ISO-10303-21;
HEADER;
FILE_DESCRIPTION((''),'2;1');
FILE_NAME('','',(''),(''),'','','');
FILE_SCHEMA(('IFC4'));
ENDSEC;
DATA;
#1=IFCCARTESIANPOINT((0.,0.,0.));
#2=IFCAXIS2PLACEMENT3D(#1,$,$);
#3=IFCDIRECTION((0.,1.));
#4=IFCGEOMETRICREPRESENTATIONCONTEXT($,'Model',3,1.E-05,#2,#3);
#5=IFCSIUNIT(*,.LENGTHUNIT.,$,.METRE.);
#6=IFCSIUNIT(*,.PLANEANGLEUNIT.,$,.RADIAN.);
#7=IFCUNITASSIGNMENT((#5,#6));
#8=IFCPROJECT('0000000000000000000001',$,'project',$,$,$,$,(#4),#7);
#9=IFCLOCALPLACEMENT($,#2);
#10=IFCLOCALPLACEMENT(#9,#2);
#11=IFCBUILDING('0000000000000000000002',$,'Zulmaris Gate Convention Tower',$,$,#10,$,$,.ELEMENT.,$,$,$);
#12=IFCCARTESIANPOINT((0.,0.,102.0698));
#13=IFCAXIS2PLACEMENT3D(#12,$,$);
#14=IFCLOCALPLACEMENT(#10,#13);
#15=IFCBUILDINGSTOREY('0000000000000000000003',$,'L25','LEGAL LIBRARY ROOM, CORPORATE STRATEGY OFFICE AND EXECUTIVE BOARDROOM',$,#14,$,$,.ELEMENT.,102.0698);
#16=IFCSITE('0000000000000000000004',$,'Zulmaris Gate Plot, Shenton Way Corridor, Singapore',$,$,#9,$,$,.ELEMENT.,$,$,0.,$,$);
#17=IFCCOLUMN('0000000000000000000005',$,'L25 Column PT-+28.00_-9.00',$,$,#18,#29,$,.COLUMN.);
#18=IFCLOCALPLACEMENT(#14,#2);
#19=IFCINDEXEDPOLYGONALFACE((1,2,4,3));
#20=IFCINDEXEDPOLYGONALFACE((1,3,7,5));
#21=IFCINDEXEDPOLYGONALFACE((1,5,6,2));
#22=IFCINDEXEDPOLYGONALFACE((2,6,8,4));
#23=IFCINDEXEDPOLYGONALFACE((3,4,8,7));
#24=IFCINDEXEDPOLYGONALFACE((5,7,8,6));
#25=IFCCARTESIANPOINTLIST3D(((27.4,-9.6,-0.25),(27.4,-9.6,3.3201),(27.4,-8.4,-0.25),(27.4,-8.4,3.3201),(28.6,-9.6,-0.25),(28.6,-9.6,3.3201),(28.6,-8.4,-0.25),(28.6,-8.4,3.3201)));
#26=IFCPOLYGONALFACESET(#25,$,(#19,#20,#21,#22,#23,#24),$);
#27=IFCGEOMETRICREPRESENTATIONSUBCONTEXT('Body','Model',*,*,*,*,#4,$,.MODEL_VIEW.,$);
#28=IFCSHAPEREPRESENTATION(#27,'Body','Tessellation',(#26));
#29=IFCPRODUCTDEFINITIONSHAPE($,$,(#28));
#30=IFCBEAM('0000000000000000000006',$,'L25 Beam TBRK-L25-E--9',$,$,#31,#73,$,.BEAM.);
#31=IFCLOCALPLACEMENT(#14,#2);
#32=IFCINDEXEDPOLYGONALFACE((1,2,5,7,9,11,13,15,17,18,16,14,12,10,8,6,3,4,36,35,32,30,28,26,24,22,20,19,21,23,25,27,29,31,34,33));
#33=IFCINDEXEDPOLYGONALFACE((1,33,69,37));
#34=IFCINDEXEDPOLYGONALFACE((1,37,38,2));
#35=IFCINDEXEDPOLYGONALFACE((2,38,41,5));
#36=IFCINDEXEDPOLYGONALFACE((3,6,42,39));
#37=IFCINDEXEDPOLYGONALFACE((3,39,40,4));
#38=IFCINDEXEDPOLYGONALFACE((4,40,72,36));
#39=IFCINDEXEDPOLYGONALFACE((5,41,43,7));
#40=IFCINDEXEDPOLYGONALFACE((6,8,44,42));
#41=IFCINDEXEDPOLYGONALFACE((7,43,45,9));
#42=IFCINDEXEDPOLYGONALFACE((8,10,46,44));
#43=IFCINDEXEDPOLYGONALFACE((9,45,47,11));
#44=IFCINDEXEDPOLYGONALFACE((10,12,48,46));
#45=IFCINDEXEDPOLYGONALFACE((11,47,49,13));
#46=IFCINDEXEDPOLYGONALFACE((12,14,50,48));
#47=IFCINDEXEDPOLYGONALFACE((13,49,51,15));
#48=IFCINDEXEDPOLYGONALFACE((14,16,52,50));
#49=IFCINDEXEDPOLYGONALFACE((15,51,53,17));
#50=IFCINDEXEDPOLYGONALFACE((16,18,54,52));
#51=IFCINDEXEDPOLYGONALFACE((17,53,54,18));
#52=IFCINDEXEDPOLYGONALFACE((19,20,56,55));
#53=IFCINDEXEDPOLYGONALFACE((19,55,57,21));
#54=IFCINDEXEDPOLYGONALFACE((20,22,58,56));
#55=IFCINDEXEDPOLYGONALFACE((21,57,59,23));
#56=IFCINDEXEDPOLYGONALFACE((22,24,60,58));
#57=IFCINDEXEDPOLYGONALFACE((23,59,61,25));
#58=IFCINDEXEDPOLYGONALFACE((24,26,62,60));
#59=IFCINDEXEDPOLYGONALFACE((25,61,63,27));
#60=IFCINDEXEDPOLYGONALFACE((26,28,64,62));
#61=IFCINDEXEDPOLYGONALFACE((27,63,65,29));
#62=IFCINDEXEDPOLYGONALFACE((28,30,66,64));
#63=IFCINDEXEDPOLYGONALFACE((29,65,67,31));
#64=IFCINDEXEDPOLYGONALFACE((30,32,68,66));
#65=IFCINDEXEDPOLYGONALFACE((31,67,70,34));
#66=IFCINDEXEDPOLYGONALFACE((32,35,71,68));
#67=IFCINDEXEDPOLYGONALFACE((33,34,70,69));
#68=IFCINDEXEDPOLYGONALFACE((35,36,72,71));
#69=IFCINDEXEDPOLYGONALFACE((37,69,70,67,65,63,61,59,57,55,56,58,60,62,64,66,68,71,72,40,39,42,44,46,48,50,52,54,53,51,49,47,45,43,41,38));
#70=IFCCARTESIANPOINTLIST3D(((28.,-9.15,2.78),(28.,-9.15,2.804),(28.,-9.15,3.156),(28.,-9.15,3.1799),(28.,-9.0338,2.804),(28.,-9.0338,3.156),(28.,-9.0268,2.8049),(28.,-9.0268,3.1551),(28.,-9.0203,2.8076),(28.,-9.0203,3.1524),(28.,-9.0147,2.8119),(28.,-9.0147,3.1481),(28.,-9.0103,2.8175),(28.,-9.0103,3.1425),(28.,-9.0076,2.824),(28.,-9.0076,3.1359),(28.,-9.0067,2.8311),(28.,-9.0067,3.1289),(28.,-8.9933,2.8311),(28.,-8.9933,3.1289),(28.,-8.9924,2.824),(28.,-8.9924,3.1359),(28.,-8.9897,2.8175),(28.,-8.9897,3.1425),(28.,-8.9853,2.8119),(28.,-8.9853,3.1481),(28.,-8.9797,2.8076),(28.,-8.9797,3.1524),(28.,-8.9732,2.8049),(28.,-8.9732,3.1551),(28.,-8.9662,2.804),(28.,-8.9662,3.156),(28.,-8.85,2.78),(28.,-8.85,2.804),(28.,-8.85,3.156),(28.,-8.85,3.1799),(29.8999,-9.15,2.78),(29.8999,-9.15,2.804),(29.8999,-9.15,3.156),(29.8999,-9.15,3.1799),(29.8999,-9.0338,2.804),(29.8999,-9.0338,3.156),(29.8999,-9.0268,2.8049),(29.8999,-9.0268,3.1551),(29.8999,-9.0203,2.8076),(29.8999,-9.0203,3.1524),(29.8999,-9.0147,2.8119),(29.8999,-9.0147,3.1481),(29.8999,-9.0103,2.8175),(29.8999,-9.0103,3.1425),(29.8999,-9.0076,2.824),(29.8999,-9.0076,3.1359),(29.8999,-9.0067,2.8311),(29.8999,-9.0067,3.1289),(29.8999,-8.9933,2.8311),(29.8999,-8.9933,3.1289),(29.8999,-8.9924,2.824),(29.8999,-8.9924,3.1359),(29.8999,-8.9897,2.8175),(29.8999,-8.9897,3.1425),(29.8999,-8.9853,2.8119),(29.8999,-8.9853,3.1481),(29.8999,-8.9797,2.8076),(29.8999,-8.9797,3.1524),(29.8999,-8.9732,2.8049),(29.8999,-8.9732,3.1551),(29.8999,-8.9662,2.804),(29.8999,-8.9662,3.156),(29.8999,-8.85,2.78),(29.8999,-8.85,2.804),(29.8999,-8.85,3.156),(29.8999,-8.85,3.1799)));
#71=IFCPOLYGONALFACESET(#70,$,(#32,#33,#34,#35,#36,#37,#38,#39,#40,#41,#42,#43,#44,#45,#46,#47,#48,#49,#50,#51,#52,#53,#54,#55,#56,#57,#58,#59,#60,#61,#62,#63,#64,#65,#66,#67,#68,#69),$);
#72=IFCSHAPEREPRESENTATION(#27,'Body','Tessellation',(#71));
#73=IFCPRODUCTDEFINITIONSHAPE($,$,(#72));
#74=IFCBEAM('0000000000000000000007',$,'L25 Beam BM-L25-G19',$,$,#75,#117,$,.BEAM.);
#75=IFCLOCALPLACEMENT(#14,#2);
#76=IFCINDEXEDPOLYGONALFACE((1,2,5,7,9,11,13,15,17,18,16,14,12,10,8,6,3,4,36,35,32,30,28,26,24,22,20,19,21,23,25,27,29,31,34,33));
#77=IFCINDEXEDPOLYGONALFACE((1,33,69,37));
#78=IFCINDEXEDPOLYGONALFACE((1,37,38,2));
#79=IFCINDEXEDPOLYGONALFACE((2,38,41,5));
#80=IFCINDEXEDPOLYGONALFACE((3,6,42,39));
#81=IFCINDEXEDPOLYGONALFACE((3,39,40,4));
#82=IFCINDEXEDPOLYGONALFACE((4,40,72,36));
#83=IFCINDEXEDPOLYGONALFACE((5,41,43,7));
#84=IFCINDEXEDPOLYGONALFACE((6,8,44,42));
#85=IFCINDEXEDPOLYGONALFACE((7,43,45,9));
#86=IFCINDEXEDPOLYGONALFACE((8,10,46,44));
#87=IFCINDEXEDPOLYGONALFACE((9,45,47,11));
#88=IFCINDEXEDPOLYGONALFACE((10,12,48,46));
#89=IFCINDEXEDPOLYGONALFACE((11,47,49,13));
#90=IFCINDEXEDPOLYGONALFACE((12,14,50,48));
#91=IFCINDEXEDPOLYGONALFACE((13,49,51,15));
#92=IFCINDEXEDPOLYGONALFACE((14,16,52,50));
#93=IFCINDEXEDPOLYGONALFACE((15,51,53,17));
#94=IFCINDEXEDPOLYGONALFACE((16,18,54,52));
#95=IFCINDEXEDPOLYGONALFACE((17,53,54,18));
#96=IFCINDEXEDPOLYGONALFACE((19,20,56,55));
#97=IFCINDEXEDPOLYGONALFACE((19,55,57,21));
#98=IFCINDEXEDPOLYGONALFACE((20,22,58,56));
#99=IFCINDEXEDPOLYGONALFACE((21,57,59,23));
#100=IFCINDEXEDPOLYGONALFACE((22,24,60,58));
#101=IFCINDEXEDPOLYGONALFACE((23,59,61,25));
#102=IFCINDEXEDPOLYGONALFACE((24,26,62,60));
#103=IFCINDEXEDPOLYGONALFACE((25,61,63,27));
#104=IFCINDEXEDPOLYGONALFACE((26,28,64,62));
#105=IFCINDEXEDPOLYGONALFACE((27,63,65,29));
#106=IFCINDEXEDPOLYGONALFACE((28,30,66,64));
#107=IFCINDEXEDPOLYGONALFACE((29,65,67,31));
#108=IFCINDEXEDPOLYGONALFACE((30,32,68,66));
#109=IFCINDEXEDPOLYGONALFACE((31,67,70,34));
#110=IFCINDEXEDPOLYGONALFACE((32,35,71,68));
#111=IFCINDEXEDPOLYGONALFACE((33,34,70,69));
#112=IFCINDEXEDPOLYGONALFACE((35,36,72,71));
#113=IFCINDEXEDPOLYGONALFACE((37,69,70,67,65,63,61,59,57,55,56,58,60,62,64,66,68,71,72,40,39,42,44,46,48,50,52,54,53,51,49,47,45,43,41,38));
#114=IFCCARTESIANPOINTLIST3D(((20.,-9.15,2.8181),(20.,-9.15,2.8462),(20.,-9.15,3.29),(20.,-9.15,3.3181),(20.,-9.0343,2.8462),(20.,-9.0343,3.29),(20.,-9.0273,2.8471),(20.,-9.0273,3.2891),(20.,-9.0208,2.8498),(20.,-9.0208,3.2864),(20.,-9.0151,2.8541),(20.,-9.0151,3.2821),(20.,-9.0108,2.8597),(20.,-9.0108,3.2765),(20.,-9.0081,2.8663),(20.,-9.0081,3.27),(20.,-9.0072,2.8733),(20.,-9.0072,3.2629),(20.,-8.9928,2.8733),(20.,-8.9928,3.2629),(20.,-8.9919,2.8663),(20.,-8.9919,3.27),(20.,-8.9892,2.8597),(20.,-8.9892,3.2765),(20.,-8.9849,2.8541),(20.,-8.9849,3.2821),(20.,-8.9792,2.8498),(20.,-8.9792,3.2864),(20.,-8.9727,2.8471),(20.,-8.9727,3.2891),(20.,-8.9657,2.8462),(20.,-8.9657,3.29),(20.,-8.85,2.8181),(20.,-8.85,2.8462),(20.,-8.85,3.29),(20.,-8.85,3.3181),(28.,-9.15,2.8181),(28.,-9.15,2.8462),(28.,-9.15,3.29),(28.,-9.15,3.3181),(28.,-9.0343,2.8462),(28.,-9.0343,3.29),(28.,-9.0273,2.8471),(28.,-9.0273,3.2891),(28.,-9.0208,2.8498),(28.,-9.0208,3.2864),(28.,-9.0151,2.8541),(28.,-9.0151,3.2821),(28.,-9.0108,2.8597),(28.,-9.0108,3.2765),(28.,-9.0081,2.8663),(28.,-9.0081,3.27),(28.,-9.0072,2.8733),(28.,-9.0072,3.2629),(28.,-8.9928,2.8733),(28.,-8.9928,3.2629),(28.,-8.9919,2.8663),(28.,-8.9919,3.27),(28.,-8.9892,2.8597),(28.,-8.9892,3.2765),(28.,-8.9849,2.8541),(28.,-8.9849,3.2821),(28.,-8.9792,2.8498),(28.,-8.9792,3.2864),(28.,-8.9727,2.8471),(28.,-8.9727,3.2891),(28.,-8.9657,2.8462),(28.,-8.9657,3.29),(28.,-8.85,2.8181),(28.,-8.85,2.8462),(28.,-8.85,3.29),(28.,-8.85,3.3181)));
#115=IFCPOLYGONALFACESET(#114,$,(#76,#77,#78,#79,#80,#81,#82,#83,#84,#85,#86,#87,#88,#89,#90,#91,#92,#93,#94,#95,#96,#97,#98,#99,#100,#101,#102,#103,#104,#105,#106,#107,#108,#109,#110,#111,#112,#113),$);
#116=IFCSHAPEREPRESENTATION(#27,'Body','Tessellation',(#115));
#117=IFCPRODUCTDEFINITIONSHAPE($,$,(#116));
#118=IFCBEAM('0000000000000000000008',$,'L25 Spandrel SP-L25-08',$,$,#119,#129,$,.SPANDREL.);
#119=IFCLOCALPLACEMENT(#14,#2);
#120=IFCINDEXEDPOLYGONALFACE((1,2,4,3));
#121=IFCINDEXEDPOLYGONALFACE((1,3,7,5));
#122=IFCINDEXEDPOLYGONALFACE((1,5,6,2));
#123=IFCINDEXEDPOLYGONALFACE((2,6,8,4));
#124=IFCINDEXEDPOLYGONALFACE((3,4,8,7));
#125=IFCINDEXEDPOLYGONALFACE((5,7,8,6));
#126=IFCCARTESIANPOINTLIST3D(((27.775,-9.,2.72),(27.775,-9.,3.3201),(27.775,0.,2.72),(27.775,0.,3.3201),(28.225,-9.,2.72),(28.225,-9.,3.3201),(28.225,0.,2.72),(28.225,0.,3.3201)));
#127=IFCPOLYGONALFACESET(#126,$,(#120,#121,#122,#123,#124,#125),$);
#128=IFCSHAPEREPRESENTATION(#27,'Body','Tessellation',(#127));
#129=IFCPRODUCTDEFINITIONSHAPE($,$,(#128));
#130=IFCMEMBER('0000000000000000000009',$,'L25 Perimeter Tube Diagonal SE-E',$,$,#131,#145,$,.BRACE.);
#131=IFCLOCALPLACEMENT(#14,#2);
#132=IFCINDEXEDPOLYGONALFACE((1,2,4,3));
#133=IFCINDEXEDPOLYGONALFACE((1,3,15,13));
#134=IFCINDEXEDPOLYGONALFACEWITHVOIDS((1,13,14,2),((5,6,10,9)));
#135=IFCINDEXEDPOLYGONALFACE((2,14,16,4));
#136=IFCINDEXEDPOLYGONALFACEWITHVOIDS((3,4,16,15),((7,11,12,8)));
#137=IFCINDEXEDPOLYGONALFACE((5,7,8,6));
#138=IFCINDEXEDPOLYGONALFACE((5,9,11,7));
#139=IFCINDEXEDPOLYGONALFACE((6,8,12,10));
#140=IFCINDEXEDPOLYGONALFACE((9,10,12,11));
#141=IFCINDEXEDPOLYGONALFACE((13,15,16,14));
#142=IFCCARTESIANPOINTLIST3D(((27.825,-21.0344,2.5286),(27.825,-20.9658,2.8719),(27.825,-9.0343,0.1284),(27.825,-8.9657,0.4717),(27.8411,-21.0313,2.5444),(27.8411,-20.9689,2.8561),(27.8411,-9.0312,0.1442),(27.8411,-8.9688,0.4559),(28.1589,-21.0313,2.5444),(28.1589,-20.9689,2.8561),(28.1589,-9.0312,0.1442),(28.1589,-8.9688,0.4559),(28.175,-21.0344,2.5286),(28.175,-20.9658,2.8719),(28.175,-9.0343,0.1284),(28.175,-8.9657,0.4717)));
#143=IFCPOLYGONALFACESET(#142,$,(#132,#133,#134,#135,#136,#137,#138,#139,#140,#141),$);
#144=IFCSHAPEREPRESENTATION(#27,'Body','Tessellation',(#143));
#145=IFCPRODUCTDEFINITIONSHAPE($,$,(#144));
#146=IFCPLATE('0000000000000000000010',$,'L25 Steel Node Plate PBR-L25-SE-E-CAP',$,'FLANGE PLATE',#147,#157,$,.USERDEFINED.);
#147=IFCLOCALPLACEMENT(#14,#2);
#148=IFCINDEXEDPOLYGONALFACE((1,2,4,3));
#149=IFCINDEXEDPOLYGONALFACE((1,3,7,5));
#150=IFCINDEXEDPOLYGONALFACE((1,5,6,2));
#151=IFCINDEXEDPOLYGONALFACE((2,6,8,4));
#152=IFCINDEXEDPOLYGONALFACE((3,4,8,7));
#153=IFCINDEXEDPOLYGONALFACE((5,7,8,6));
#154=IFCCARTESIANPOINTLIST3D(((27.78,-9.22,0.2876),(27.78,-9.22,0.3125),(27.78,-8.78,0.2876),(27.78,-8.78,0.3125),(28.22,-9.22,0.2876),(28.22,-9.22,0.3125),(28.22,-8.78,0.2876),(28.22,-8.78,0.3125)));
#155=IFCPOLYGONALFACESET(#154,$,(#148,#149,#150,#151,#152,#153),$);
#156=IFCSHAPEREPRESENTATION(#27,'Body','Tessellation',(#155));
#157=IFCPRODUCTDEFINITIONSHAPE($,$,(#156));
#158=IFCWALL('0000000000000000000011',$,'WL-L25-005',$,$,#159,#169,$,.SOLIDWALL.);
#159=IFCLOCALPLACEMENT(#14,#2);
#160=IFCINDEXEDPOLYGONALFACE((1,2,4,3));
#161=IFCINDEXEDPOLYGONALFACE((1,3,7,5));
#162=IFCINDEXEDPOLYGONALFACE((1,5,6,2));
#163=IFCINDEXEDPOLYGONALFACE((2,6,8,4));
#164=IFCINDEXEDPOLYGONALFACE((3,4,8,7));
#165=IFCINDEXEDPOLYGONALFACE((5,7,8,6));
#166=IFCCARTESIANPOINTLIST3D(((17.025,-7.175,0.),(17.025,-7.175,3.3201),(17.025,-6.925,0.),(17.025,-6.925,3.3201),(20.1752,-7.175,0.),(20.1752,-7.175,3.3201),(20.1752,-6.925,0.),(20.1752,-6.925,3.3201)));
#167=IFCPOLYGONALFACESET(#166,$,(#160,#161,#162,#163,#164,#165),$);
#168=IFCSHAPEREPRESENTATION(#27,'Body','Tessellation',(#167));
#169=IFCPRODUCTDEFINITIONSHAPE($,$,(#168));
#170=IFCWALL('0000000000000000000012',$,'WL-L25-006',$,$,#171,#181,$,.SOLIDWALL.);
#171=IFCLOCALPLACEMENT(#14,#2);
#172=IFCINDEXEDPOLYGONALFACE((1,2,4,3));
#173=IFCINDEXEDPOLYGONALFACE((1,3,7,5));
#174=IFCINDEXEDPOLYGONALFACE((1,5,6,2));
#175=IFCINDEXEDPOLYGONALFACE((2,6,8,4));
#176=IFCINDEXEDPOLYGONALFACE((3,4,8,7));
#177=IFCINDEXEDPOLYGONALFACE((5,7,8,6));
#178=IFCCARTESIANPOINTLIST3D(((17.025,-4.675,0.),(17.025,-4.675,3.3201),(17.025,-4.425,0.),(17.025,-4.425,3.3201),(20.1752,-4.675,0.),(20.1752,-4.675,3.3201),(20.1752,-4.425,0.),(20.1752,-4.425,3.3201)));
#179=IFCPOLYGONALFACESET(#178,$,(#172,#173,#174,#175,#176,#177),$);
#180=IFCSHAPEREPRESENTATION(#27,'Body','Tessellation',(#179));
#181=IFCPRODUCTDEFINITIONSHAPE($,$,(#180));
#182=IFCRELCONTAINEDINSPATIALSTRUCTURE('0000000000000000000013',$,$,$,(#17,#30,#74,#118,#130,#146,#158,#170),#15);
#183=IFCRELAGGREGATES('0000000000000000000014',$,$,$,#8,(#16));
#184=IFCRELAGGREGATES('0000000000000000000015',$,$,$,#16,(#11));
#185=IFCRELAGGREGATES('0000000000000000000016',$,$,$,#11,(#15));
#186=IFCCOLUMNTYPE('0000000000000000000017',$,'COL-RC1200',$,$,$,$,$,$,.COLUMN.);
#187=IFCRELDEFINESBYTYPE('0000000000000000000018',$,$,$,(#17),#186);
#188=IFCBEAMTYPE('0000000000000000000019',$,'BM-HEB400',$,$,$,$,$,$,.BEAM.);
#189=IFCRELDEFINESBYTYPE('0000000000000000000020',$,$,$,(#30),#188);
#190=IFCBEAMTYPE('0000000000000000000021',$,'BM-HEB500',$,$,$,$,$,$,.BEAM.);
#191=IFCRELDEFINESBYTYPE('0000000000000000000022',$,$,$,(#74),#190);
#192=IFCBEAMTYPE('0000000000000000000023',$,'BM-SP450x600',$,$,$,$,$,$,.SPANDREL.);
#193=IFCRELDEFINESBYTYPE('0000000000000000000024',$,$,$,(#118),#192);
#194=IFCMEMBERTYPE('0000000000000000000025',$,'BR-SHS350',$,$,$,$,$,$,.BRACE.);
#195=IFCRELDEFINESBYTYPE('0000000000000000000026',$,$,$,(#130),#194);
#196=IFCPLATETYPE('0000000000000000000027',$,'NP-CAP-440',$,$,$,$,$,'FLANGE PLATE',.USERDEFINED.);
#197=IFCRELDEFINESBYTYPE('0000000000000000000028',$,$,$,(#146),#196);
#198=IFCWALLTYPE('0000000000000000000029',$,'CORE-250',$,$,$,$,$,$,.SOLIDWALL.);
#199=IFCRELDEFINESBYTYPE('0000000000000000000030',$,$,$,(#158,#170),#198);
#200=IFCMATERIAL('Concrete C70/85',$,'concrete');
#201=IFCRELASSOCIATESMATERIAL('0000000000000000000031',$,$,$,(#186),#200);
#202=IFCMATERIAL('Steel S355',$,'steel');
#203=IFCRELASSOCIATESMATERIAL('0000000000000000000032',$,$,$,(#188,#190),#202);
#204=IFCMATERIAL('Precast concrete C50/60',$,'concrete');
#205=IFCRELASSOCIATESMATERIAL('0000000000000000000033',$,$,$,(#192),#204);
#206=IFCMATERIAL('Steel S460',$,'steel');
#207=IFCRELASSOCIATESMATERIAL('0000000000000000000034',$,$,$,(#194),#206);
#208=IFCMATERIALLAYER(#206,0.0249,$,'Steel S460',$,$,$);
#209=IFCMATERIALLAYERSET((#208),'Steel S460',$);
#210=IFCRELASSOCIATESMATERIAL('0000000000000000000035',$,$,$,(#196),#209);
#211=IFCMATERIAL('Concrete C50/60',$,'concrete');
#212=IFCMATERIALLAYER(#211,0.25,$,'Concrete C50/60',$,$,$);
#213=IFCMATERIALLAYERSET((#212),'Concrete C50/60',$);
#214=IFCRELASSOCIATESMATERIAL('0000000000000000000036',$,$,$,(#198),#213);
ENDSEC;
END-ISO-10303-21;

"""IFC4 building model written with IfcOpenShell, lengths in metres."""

from ifc_helpers import new_model, si_unit, direction, frame, frame_2d, origin, origin_2d, place, context, subcontext, project, spatial, rectangle, hollow_rectangle, i_section, extrude, material, layer, layer_set, material_profile, profile_set, type_object, element, save


model = new_model("IFC4")

# Units and contexts
model_context = context("Model", 3, precision=1e-05, world=origin(), true_north=direction((0.0, 1.0)))
body_context = subcontext(model_context, "Body", "Model", "MODEL_VIEW")
ifc_project = project(units=[si_unit("LENGTHUNIT", "METRE"), si_unit("PLANEANGLEUNIT", "RADIAN")], contexts=[model_context])

# Site, building, storey
site_placement = place(None, origin())
site = spatial("IfcSite", under=ifc_project, at=site_placement, Name="Zulmaris Gate Plot, Shenton Way Corridor, Singapore", CompositionType="ELEMENT", RefElevation=0.0)
building_placement = place(site_placement, origin())
building = spatial("IfcBuilding", under=site, at=building_placement, Name="Zulmaris Gate Convention Tower", CompositionType="ELEMENT")
storey_placement = place(building_placement, frame((0.0, 0.0, 102.0698)))
storey = spatial("IfcBuildingStorey", under=building, at=storey_placement, Name="L25", Description="LEGAL LIBRARY ROOM, CORPORATE STRATEGY OFFICE AND EXECUTIVE BOARDROOM", CompositionType="ELEMENT", Elevation=102.0698)

# Column
ifc_material_1 = material(Name="Concrete C70/85", Category="concrete")
ifc_material_profile_1 = material_profile(ifc_material_1, rectangle(XDim=1.2, YDim=1.2, at=origin_2d()), Name="RC COL 1200x1200")
ifc_profile_set_1 = profile_set([ifc_material_profile_1], Name="Concrete C70/85")
column_type = type_object("IfcColumnType", Name="COL-RC1200", PredefinedType="COLUMN", material=ifc_profile_set_1)
column_placement = place(storey_placement, frame((28.0, -9.0, -0.25), z_axis=(0.0, 0.0, 1.0), x_axis=(1.0, 0.0, 0.0)))
element("IfcColumn", 1, at=column_placement, inside=storey, type_object=column_type, Name="L25 Column PT-+28.00_-9.00", PredefinedType="COLUMN", context=body_context, shape_type="SweptSolid", body=[
    extrude(rectangle(XDim=1.2, YDim=1.2, at=origin_2d()), origin(), (0.0, 0.0, 1.0), 3.5701),
])

# Beams
ifc_material_2 = material(Name="Steel S355", Category="steel")
ifc_material_profile_2 = material_profile(ifc_material_2, i_section(OverallWidth=0.3, OverallDepth=0.3999, WebThickness=0.0134, FlangeThickness=0.0239, FilletRadius=0.0271, at=origin_2d()), Name="HEB 400")
ifc_profile_set_2 = profile_set([ifc_material_profile_2], Name="Steel S355")
beam_type_1 = type_object("IfcBeamType", Name="BM-HEB400", PredefinedType="BEAM", material=ifc_profile_set_2)
beam_1_placement = place(storey_placement, frame((28.0, -9.0, 2.98), z_axis=(1.0, 0.0, 0.0), x_axis=(0.0, 1.0, 0.0)))
element("IfcBeam", 2, at=beam_1_placement, inside=storey, type_object=beam_type_1, Name="L25 Beam TBRK-L25-E--9", PredefinedType="BEAM", context=body_context, shape_type="SweptSolid", body=[
    extrude(i_section(OverallWidth=0.3, OverallDepth=0.3999, WebThickness=0.0134, FlangeThickness=0.0239, FilletRadius=0.0271, at=origin_2d()), origin(), (0.0, 0.0, 1.0), 1.8999),
])
ifc_material_profile_3 = material_profile(ifc_material_2, i_section(OverallWidth=0.3, OverallDepth=0.5, WebThickness=0.0144, FlangeThickness=0.0281, FilletRadius=0.0271, at=origin_2d()), Name="HEB 500")
ifc_profile_set_3 = profile_set([ifc_material_profile_3], Name="Steel S355")
beam_type_2 = type_object("IfcBeamType", Name="BM-HEB500", PredefinedType="BEAM", material=ifc_profile_set_3)
beam_2_placement = place(storey_placement, frame((20.0, -9.0, 3.0681), z_axis=(1.0, 0.0, 0.0), x_axis=(0.0, 1.0, 0.0)))
element("IfcBeam", 3, at=beam_2_placement, inside=storey, type_object=beam_type_2, Name="L25 Beam BM-L25-G19", PredefinedType="BEAM", context=body_context, shape_type="SweptSolid", body=[
    extrude(i_section(OverallWidth=0.3, OverallDepth=0.5, WebThickness=0.0144, FlangeThickness=0.0281, FilletRadius=0.0271, at=origin_2d()), origin(), (0.0, 0.0, 1.0), 8.0),
])
ifc_material_3 = material(Name="Precast concrete C50/60", Category="concrete")
ifc_material_profile_4 = material_profile(ifc_material_3, rectangle(XDim=0.45, YDim=0.6001, at=origin_2d()), Name="RC SPANDREL 450x600")
ifc_profile_set_4 = profile_set([ifc_material_profile_4], Name="Precast concrete C50/60")
beam_type_3 = type_object("IfcBeamType", Name="BM-SP450x600", PredefinedType="SPANDREL", material=ifc_profile_set_4)
beam_3_placement = place(storey_placement, frame((28.0, -9.0, 3.02), z_axis=(0.0, 1.0, 0.0), x_axis=(-1.0, 0.0, 0.0)))
element("IfcBeam", 4, at=beam_3_placement, inside=storey, type_object=beam_type_3, Name="L25 Spandrel SP-L25-08", PredefinedType="SPANDREL", context=body_context, shape_type="SweptSolid", body=[
    extrude(rectangle(XDim=0.45, YDim=0.6001, at=origin_2d()), origin(), (0.0, 0.0, 1.0), 9.0),
])

# Member
ifc_material_4 = material(Name="Steel S460", Category="steel")
ifc_material_profile_5 = material_profile(ifc_material_4, hollow_rectangle(XDim=0.3501, YDim=0.3501, WallThickness=0.0161, at=origin_2d()), Name="SHS 350x350x16")
ifc_profile_set_5 = profile_set([ifc_material_profile_5], Name="Steel S460")
member_type = type_object("IfcMemberType", Name="BR-SHS350", PredefinedType="BRACE", material=ifc_profile_set_5)
member_placement = place(storey_placement, frame((28.0, -9.0, 0.3), z_axis=(0.0, -0.980578, 0.196128), x_axis=(1.0, 0.0, 0.0)))
element("IfcMember", 5, at=member_placement, inside=storey, type_object=member_type, Name="L25 Perimeter Tube Diagonal SE-E", PredefinedType="BRACE", context=body_context, shape_type="SweptSolid", body=[
    extrude(hollow_rectangle(XDim=0.3501, YDim=0.3501, WallThickness=0.0161, at=origin_2d()), origin(), (0.0, 0.0, 1.0), 12.2378),
])

# Plate
ifc_layer_1 = layer(ifc_material_4, 0.0249, Name="Steel S460")
ifc_layer_set_1 = layer_set([ifc_layer_1], Name="Steel S460")
plate_type = type_object("IfcPlateType", Name="NP-CAP-440", ElementType="FLANGE PLATE", PredefinedType="USERDEFINED", material=ifc_layer_set_1)
plate_placement = place(storey_placement, frame((28.0, -9.0, 0.2876), z_axis=(0.0, 0.0, 1.0), x_axis=(1.0, 0.0, 0.0)))
element("IfcPlate", 6, at=plate_placement, inside=storey, type_object=plate_type, Name="L25 Steel Node Plate PBR-L25-SE-E-CAP", ObjectType="FLANGE PLATE", PredefinedType="USERDEFINED", context=body_context, shape_type="SweptSolid", body=[
    extrude(rectangle(XDim=0.4399, YDim=0.4399, at=origin_2d()), origin(), (0.0, 0.0, 1.0), 0.0249),
])

# Walls
ifc_material_5 = material(Name="Concrete C50/60", Category="concrete")
ifc_layer_2 = layer(ifc_material_5, 0.25, Name="Concrete C50/60")
ifc_layer_set_2 = layer_set([ifc_layer_2], Name="Concrete C50/60")
wall_type_1 = type_object("IfcWallType", Name="CORE-250", PredefinedType="SOLIDWALL", material=ifc_layer_set_2)
for number, where, z_axis, x_axis, name in (
    (7, (17.0249, -7.05, 0.0), (0.0, 0.0, 1.0), (1.0, 0.0, 0.0), "WL-L25-005"),
    (8, (17.0249, -4.55, 0.0), (0.0, 0.0, 1.0), (1.0, 0.0, 0.0), "WL-L25-006"),
):
    element("IfcWall", number, at=place(storey_placement, frame(where, z_axis=z_axis, x_axis=x_axis)), inside=storey, type_object=wall_type_1, Name=name, PredefinedType="SOLIDWALL", context=body_context, shape_type="SweptSolid", body=[
        extrude(rectangle(XDim=3.1501, YDim=0.25, at=frame_2d((1.5752, 0.0))), origin(), (0.0, 0.0, 1.0), 3.3201),
    ])

save(model, "model.ifc")
